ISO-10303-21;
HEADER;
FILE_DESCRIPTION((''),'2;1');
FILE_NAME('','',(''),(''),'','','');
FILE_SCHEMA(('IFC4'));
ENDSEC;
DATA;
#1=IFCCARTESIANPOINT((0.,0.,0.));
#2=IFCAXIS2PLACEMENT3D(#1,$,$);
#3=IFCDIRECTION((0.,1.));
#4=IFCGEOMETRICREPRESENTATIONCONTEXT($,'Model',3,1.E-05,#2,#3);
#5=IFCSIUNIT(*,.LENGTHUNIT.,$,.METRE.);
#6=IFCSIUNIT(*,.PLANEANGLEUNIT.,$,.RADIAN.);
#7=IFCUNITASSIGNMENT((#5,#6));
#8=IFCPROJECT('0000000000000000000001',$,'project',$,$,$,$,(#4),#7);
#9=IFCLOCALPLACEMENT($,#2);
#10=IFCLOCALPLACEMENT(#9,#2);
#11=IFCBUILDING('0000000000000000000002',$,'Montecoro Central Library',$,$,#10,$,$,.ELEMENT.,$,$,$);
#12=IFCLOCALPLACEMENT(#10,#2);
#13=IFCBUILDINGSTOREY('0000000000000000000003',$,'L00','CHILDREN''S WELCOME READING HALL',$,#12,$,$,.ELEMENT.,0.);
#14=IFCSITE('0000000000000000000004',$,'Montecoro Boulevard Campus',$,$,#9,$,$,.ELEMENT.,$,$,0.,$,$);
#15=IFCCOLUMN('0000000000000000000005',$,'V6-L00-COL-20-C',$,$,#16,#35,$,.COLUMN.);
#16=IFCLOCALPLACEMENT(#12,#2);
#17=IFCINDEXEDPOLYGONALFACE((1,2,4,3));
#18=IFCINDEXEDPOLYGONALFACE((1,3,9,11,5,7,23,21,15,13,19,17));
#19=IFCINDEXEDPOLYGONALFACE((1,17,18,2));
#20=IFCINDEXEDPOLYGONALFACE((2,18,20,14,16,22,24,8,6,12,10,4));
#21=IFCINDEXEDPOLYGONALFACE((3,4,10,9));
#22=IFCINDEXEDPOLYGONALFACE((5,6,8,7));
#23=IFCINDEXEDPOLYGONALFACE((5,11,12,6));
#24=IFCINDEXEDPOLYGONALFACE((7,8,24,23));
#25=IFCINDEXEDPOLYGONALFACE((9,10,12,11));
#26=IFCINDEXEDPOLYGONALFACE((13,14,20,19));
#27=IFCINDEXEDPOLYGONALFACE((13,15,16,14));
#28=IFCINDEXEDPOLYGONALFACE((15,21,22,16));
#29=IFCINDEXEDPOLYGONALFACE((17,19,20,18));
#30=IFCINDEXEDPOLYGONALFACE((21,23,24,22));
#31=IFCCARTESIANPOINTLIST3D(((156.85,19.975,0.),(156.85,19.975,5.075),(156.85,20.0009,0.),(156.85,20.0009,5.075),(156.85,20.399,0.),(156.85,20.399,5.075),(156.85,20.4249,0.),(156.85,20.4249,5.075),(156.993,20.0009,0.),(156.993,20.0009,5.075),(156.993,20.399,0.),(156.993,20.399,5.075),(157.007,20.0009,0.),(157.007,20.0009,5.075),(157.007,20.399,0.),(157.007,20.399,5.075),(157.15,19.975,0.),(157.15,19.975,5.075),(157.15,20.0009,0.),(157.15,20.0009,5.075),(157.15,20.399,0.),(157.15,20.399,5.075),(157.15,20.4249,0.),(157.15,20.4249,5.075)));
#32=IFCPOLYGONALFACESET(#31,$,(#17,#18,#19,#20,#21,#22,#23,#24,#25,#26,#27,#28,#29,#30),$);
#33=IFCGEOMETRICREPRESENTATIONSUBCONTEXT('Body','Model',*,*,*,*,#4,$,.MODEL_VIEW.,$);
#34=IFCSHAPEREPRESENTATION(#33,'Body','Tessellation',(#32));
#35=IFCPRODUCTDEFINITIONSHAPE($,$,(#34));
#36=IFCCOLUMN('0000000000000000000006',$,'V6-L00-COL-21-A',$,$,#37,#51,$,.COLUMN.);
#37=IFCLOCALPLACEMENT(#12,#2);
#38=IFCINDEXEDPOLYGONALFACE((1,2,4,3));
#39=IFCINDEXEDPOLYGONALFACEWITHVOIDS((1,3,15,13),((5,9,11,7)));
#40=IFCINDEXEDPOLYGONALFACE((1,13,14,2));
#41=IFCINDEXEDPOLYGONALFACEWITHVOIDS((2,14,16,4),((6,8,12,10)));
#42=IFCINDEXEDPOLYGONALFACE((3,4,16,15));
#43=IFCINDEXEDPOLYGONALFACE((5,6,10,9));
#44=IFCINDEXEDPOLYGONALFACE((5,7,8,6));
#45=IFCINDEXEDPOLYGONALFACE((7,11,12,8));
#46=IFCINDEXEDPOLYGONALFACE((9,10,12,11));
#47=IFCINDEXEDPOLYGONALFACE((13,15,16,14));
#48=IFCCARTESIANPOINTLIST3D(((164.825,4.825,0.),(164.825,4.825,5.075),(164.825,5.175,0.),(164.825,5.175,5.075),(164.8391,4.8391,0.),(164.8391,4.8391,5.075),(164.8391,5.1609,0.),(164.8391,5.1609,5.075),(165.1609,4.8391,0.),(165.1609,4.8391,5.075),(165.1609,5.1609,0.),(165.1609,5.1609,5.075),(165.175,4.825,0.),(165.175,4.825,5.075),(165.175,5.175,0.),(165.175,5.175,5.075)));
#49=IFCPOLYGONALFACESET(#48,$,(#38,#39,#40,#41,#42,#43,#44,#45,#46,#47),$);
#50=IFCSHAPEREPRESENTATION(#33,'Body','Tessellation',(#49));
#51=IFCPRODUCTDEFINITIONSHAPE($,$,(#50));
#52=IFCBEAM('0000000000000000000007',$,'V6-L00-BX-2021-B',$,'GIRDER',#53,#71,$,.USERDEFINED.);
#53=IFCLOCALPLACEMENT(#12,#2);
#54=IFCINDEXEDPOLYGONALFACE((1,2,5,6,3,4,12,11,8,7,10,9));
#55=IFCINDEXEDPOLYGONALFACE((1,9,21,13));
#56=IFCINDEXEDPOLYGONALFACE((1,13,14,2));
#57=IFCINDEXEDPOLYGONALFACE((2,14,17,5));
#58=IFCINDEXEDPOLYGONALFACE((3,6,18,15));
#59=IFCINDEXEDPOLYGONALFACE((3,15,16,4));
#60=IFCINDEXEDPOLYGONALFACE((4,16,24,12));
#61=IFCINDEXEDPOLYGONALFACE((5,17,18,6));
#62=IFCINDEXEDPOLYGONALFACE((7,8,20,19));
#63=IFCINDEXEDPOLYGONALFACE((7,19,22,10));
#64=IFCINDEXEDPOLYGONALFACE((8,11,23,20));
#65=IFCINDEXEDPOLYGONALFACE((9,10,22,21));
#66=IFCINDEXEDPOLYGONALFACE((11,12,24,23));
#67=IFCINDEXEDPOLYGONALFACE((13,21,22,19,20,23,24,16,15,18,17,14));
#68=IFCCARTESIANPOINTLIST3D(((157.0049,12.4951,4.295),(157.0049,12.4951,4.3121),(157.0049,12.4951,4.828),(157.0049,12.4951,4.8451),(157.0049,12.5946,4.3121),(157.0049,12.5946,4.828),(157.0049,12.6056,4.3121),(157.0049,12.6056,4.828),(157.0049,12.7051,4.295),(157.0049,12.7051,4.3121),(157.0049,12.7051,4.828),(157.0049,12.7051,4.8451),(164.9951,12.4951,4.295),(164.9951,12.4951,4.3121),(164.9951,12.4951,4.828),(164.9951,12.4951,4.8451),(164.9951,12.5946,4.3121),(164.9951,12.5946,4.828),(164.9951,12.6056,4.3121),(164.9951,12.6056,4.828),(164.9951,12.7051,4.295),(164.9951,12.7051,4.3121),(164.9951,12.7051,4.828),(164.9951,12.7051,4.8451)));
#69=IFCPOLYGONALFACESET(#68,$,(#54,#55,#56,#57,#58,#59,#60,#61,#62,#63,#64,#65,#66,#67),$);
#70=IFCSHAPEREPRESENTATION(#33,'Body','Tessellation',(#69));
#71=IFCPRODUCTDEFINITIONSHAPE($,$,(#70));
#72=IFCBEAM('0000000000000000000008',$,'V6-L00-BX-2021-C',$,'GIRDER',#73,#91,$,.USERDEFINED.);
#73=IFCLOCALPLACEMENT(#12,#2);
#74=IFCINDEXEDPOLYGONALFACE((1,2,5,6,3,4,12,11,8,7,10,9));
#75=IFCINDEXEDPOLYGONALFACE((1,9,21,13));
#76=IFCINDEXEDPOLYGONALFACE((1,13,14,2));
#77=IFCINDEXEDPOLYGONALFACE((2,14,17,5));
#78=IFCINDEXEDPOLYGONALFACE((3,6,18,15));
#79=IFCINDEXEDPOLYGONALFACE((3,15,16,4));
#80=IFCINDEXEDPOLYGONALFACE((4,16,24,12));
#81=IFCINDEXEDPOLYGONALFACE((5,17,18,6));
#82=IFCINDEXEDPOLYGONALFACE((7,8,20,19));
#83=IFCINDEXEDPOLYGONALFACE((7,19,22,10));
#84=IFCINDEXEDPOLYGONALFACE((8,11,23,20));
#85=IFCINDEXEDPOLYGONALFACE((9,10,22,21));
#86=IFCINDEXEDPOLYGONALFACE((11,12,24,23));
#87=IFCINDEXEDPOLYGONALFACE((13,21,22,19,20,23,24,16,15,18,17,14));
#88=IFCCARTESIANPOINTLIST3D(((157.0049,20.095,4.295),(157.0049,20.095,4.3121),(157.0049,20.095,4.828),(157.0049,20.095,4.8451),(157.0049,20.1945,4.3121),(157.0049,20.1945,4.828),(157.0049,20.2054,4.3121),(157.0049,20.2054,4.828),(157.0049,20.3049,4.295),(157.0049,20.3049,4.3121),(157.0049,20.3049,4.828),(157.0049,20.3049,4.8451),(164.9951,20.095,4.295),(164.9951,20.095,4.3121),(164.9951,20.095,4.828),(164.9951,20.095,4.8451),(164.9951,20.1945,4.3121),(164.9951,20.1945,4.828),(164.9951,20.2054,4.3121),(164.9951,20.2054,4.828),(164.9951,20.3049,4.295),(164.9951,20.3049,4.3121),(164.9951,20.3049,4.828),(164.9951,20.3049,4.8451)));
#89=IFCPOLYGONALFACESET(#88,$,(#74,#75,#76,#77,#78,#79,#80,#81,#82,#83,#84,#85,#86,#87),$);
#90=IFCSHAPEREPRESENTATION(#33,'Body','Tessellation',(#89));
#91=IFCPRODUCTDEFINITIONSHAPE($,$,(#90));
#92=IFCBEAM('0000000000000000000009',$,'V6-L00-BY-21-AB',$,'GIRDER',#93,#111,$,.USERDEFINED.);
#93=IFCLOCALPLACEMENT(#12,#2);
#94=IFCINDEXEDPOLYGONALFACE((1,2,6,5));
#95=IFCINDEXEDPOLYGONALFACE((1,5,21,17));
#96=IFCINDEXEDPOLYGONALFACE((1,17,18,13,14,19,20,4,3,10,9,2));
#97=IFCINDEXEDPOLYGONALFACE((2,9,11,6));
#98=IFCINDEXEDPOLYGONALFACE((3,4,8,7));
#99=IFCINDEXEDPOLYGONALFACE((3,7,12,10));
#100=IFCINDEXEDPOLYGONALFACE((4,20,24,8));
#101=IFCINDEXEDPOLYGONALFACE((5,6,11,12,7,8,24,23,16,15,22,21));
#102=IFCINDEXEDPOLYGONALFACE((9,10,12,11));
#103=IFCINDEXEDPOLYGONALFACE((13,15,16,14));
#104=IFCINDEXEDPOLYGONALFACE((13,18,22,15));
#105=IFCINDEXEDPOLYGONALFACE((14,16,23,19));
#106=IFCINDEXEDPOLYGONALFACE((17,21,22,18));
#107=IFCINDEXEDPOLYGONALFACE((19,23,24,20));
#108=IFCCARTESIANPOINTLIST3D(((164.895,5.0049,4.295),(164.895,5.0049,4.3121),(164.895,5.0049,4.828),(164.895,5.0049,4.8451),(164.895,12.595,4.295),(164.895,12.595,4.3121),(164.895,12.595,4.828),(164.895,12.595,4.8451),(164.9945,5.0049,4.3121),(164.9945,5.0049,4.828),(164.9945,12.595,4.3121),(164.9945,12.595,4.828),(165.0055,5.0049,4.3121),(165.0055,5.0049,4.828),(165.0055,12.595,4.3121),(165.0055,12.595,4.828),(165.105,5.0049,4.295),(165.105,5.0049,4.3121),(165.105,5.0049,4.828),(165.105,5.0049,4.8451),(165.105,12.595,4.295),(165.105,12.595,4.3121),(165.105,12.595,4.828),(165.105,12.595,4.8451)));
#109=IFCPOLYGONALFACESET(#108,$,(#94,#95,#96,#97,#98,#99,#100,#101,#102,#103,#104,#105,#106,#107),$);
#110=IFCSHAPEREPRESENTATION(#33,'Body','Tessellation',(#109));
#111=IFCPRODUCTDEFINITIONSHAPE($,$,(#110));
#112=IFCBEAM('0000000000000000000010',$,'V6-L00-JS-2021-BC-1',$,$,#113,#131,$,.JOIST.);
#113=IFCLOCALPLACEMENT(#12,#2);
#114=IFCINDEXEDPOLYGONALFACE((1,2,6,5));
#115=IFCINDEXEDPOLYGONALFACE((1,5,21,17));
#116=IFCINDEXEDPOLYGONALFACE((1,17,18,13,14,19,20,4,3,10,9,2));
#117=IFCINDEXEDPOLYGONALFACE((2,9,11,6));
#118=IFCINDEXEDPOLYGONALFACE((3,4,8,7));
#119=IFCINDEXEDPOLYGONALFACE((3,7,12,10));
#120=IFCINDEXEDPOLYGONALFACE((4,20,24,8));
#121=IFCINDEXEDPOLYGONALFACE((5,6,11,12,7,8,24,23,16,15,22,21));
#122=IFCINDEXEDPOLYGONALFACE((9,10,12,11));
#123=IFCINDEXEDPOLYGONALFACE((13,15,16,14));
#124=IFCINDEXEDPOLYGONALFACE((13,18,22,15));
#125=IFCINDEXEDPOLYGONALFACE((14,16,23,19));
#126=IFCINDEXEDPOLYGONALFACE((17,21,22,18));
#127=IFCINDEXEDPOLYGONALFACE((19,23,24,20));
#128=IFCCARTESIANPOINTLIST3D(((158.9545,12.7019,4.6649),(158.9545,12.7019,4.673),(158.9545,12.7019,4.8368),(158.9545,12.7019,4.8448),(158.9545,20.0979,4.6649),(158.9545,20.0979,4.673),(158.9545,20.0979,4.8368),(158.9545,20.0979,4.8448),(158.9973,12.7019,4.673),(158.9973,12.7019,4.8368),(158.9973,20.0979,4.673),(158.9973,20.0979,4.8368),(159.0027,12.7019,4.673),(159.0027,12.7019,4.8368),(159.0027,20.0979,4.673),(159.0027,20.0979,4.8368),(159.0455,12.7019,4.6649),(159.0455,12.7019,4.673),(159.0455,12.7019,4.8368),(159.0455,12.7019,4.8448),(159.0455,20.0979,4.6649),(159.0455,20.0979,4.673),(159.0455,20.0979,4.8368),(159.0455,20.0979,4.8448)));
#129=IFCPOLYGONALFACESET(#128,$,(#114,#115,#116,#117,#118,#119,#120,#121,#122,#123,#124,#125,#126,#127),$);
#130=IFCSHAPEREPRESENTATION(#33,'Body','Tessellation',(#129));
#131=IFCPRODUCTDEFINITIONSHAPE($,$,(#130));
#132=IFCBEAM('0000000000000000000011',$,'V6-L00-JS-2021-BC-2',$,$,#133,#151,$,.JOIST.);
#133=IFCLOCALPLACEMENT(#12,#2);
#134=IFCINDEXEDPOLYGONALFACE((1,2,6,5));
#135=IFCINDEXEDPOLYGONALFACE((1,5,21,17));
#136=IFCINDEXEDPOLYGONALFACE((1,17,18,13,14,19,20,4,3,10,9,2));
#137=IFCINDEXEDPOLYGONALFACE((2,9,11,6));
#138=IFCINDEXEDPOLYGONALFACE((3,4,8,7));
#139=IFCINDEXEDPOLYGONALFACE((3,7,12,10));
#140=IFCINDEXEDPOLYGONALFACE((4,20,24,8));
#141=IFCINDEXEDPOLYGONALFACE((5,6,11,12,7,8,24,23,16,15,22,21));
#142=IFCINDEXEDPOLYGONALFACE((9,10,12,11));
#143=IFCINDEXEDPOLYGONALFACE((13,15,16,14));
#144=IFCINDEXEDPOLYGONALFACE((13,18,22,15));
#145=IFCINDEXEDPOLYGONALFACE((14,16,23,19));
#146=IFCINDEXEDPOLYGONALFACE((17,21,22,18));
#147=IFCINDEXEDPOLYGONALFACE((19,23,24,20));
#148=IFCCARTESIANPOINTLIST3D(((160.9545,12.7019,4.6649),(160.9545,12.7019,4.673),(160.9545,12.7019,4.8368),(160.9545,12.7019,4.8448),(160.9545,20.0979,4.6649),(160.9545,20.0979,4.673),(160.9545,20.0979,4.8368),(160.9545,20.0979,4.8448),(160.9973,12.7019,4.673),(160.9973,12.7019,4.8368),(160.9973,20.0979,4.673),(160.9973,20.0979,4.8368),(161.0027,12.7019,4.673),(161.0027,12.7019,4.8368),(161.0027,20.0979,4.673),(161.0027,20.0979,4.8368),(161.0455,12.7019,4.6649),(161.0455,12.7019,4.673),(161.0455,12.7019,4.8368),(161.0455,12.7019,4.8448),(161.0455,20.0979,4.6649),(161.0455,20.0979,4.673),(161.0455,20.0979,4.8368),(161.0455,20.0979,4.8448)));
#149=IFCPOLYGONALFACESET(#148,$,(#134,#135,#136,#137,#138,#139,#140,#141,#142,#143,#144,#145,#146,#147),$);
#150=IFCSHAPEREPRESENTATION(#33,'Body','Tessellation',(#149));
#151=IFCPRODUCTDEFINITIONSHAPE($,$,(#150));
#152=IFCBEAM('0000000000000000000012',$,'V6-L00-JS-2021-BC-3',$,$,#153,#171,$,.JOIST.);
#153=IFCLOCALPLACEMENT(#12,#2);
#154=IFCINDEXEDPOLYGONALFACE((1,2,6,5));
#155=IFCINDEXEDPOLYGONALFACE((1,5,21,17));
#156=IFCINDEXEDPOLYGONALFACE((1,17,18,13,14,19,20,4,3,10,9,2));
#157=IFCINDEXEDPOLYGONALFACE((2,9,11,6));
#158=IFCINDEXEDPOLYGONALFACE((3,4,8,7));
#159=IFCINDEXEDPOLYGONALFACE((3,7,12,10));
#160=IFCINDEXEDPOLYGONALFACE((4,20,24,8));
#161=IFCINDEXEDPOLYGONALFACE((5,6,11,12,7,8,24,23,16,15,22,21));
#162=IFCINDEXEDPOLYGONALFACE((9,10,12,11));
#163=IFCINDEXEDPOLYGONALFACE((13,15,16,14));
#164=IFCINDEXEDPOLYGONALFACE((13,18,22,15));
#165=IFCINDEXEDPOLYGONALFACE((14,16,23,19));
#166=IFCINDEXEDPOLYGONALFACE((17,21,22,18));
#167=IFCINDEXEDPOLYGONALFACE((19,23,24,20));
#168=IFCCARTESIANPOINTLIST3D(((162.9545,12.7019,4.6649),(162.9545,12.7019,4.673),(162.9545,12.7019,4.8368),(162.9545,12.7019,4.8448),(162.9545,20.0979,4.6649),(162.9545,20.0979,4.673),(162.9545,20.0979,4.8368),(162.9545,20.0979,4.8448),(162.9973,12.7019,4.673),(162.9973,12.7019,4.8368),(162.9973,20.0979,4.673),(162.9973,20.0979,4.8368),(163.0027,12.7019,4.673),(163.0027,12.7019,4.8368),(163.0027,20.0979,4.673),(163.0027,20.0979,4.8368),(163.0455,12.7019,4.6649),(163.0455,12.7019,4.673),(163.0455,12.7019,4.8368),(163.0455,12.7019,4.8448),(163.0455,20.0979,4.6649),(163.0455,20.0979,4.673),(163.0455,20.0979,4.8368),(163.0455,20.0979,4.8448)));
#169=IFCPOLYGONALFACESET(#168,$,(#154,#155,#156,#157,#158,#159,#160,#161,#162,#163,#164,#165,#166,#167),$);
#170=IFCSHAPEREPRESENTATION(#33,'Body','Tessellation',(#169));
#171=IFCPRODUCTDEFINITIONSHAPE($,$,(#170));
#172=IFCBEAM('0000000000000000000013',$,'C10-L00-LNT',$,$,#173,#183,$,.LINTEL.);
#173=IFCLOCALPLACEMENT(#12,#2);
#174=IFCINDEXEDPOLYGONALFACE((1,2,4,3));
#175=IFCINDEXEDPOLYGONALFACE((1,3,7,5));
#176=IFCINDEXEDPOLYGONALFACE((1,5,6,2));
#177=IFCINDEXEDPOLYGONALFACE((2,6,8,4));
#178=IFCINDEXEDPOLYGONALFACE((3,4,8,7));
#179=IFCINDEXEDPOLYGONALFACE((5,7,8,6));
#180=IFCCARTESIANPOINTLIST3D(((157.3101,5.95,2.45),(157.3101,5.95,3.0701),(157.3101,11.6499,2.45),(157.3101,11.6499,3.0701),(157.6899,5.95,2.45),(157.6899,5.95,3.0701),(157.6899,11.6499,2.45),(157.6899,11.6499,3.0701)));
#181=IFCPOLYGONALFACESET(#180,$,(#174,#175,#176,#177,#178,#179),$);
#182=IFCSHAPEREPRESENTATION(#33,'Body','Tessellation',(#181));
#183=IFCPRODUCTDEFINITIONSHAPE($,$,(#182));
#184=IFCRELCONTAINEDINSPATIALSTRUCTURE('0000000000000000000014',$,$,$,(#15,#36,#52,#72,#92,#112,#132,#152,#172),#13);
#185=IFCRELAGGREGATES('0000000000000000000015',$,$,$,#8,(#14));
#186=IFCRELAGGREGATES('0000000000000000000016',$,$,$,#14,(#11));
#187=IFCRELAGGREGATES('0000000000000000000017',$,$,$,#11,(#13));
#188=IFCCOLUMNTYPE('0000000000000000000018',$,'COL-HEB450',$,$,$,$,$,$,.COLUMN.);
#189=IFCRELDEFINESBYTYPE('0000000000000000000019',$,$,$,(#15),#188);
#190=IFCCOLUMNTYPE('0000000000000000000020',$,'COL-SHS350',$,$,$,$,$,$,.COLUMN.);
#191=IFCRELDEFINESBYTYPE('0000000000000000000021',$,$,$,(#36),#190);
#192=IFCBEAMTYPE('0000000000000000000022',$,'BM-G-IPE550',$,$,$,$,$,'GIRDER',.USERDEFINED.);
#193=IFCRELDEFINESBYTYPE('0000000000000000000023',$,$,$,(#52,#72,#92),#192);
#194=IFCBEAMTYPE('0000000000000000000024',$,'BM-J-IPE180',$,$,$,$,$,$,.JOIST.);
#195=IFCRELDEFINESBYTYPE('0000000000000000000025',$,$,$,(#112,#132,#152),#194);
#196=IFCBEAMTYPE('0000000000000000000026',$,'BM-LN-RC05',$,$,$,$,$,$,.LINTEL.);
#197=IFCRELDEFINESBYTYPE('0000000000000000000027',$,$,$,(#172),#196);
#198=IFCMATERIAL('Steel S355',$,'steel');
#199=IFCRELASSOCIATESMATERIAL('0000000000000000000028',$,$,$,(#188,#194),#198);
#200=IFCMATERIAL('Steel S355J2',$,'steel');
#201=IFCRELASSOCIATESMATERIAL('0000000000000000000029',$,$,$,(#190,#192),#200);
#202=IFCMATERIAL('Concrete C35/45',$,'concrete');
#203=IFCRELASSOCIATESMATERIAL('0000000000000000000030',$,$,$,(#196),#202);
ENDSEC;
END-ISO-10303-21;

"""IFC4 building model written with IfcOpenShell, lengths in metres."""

from ifc_helpers import new_model, si_unit, direction, frame, origin, origin_2d, place, context, subcontext, project, spatial, rectangle, hollow_rectangle, i_section, extrude, material, material_profile, profile_set, type_object, element, save


model = new_model("IFC4")

# Units and contexts
model_context = context("Model", 3, precision=1e-05, world=origin(), true_north=direction((0.0, 1.0)))
body_context = subcontext(model_context, "Body", "Model", "MODEL_VIEW")
ifc_project = project(units=[si_unit("LENGTHUNIT", "METRE"), si_unit("PLANEANGLEUNIT", "RADIAN")], contexts=[model_context])

# Site, building, storey
site_placement = place(None, origin())
site = spatial("IfcSite", under=ifc_project, at=site_placement, Name="Montecoro Boulevard Campus", CompositionType="ELEMENT", RefElevation=0.0)
building_placement = place(site_placement, origin())
building = spatial("IfcBuilding", under=site, at=building_placement, Name="Montecoro Central Library", CompositionType="ELEMENT")
storey_placement = place(building_placement, origin())
storey = spatial("IfcBuildingStorey", under=building, at=storey_placement, Name="L00", Description="CHILDREN'S WELCOME READING HALL", CompositionType="ELEMENT", Elevation=0.0)

# Columns
ifc_material_1 = material(Name="Steel S355", Category="steel")
ifc_material_profile_1 = material_profile(ifc_material_1, i_section(OverallWidth=0.3, OverallDepth=0.45, WebThickness=0.0139, FlangeThickness=0.0259, at=origin_2d()), Name="HEB 450")
ifc_profile_set_1 = profile_set([ifc_material_profile_1], Name="Steel S355")
column_type_1 = type_object("IfcColumnType", Name="COL-HEB450", PredefinedType="COLUMN", material=ifc_profile_set_1)
column_1_placement = place(storey_placement, frame((157.0, 20.2, 0.0), z_axis=(0.0, 0.0, 1.0), x_axis=(1.0, 0.0, 0.0)))
element("IfcColumn", 1, at=column_1_placement, inside=storey, type_object=column_type_1, Name="V6-L00-COL-20-C", PredefinedType="COLUMN", context=body_context, shape_type="SweptSolid", body=[
    extrude(i_section(OverallWidth=0.3, OverallDepth=0.45, WebThickness=0.0139, FlangeThickness=0.0259, at=origin_2d()), origin(), (0.0, 0.0, 1.0), 5.075),
])
ifc_material_2 = material(Name="Steel S355J2", Category="steel")
ifc_material_profile_2 = material_profile(ifc_material_2, hollow_rectangle(XDim=0.3501, YDim=0.3501, WallThickness=0.0142, at=origin_2d()), Name="SHS 350x350x14.2")
ifc_profile_set_2 = profile_set([ifc_material_profile_2], Name="Steel S355J2")
column_type_2 = type_object("IfcColumnType", Name="COL-SHS350", PredefinedType="COLUMN", material=ifc_profile_set_2)
column_2_placement = place(storey_placement, frame((165.0, 5.0, 0.0), z_axis=(0.0, 0.0, 1.0), x_axis=(1.0, 0.0, 0.0)))
element("IfcColumn", 2, at=column_2_placement, inside=storey, type_object=column_type_2, Name="V6-L00-COL-21-A", PredefinedType="COLUMN", context=body_context, shape_type="SweptSolid", body=[
    extrude(hollow_rectangle(XDim=0.3501, YDim=0.3501, WallThickness=0.0142, at=origin_2d()), origin(), (0.0, 0.0, 1.0), 5.075),
])

# Beams
ifc_material_profile_3 = material_profile(ifc_material_2, i_section(OverallWidth=0.21, OverallDepth=0.55, WebThickness=0.011, FlangeThickness=0.0171, at=origin_2d()), Name="IPE 550")
ifc_profile_set_3 = profile_set([ifc_material_profile_3], Name="Steel S355J2")
beam_type_1 = type_object("IfcBeamType", Name="BM-G-IPE550", ElementType="GIRDER", PredefinedType="USERDEFINED", material=ifc_profile_set_3)
for number, where, z_axis, x_axis, name in (
    (3, (157.0049, 12.6001, 4.5701), (1.0, 0.0, 0.0), (0.0, 1.0, 0.0), "V6-L00-BX-2021-B"),
    (4, (157.0049, 20.2, 4.5701), (1.0, 0.0, 0.0), (0.0, 1.0, 0.0), "V6-L00-BX-2021-C"),
):
    element("IfcBeam", number, at=place(storey_placement, frame(where, z_axis=z_axis, x_axis=x_axis)), inside=storey, type_object=beam_type_1, Name=name, ObjectType="GIRDER", PredefinedType="USERDEFINED", context=body_context, shape_type="SweptSolid", body=[
        extrude(i_section(OverallWidth=0.21, OverallDepth=0.55, WebThickness=0.011, FlangeThickness=0.0171, at=origin_2d()), origin(), (0.0, 0.0, 1.0), 7.9902),
    ])
beam_1_placement = place(storey_placement, frame((165.0, 5.0049, 4.5701), z_axis=(0.0, 1.0, 0.0), x_axis=(-1.0, 0.0, 0.0)))
element("IfcBeam", 5, at=beam_1_placement, inside=storey, type_object=beam_type_1, Name="V6-L00-BY-21-AB", ObjectType="GIRDER", PredefinedType="USERDEFINED", context=body_context, shape_type="SweptSolid", body=[
    extrude(i_section(OverallWidth=0.21, OverallDepth=0.55, WebThickness=0.011, FlangeThickness=0.0171, at=origin_2d()), origin(), (0.0, 0.0, 1.0), 7.5901),
])
ifc_material_profile_4 = material_profile(ifc_material_1, i_section(OverallWidth=0.0911, OverallDepth=0.1799, WebThickness=0.0054, FlangeThickness=0.0081, at=origin_2d()), Name="IPE 180")
ifc_profile_set_4 = profile_set([ifc_material_profile_4], Name="Steel S355")
beam_type_2 = type_object("IfcBeamType", Name="BM-J-IPE180", PredefinedType="JOIST", material=ifc_profile_set_4)
for number, where, z_axis, x_axis, name in (
    (6, (159.0, 12.7019, 4.7549), (0.0, 1.0, 0.0), (-1.0, 0.0, 0.0), "V6-L00-JS-2021-BC-1"),
    (7, (161.0, 12.7019, 4.7549), (0.0, 1.0, 0.0), (-1.0, 0.0, 0.0), "V6-L00-JS-2021-BC-2"),
    (8, (163.0, 12.7019, 4.7549), (0.0, 1.0, 0.0), (-1.0, 0.0, 0.0), "V6-L00-JS-2021-BC-3"),
):
    element("IfcBeam", number, at=place(storey_placement, frame(where, z_axis=z_axis, x_axis=x_axis)), inside=storey, type_object=beam_type_2, Name=name, PredefinedType="JOIST", context=body_context, shape_type="SweptSolid", body=[
        extrude(i_section(OverallWidth=0.0911, OverallDepth=0.1799, WebThickness=0.0054, FlangeThickness=0.0081, at=origin_2d()), origin(), (0.0, 0.0, 1.0), 7.396),
    ])
ifc_material_3 = material(Name="Concrete C35/45", Category="concrete")
ifc_material_profile_5 = material_profile(ifc_material_3, rectangle(XDim=0.3799, YDim=0.6201, at=origin_2d()), Name="RC LNT 620x380")
ifc_profile_set_5 = profile_set([ifc_material_profile_5], Name="Concrete C35/45")
beam_type_3 = type_object("IfcBeamType", Name="BM-LN-RC05", PredefinedType="LINTEL", material=ifc_profile_set_5)
beam_2_placement = place(storey_placement, frame((157.5, 5.95, 2.76), z_axis=(0.0, 1.0, 0.0), x_axis=(-1.0, 0.0, 0.0)))
element("IfcBeam", 9, at=beam_2_placement, inside=storey, type_object=beam_type_3, Name="C10-L00-LNT", PredefinedType="LINTEL", context=body_context, shape_type="SweptSolid", body=[
    extrude(rectangle(XDim=0.3799, YDim=0.6201, at=origin_2d()), origin(), (0.0, 0.0, 1.0), 5.7),
])

save(model, "model.ifc")
